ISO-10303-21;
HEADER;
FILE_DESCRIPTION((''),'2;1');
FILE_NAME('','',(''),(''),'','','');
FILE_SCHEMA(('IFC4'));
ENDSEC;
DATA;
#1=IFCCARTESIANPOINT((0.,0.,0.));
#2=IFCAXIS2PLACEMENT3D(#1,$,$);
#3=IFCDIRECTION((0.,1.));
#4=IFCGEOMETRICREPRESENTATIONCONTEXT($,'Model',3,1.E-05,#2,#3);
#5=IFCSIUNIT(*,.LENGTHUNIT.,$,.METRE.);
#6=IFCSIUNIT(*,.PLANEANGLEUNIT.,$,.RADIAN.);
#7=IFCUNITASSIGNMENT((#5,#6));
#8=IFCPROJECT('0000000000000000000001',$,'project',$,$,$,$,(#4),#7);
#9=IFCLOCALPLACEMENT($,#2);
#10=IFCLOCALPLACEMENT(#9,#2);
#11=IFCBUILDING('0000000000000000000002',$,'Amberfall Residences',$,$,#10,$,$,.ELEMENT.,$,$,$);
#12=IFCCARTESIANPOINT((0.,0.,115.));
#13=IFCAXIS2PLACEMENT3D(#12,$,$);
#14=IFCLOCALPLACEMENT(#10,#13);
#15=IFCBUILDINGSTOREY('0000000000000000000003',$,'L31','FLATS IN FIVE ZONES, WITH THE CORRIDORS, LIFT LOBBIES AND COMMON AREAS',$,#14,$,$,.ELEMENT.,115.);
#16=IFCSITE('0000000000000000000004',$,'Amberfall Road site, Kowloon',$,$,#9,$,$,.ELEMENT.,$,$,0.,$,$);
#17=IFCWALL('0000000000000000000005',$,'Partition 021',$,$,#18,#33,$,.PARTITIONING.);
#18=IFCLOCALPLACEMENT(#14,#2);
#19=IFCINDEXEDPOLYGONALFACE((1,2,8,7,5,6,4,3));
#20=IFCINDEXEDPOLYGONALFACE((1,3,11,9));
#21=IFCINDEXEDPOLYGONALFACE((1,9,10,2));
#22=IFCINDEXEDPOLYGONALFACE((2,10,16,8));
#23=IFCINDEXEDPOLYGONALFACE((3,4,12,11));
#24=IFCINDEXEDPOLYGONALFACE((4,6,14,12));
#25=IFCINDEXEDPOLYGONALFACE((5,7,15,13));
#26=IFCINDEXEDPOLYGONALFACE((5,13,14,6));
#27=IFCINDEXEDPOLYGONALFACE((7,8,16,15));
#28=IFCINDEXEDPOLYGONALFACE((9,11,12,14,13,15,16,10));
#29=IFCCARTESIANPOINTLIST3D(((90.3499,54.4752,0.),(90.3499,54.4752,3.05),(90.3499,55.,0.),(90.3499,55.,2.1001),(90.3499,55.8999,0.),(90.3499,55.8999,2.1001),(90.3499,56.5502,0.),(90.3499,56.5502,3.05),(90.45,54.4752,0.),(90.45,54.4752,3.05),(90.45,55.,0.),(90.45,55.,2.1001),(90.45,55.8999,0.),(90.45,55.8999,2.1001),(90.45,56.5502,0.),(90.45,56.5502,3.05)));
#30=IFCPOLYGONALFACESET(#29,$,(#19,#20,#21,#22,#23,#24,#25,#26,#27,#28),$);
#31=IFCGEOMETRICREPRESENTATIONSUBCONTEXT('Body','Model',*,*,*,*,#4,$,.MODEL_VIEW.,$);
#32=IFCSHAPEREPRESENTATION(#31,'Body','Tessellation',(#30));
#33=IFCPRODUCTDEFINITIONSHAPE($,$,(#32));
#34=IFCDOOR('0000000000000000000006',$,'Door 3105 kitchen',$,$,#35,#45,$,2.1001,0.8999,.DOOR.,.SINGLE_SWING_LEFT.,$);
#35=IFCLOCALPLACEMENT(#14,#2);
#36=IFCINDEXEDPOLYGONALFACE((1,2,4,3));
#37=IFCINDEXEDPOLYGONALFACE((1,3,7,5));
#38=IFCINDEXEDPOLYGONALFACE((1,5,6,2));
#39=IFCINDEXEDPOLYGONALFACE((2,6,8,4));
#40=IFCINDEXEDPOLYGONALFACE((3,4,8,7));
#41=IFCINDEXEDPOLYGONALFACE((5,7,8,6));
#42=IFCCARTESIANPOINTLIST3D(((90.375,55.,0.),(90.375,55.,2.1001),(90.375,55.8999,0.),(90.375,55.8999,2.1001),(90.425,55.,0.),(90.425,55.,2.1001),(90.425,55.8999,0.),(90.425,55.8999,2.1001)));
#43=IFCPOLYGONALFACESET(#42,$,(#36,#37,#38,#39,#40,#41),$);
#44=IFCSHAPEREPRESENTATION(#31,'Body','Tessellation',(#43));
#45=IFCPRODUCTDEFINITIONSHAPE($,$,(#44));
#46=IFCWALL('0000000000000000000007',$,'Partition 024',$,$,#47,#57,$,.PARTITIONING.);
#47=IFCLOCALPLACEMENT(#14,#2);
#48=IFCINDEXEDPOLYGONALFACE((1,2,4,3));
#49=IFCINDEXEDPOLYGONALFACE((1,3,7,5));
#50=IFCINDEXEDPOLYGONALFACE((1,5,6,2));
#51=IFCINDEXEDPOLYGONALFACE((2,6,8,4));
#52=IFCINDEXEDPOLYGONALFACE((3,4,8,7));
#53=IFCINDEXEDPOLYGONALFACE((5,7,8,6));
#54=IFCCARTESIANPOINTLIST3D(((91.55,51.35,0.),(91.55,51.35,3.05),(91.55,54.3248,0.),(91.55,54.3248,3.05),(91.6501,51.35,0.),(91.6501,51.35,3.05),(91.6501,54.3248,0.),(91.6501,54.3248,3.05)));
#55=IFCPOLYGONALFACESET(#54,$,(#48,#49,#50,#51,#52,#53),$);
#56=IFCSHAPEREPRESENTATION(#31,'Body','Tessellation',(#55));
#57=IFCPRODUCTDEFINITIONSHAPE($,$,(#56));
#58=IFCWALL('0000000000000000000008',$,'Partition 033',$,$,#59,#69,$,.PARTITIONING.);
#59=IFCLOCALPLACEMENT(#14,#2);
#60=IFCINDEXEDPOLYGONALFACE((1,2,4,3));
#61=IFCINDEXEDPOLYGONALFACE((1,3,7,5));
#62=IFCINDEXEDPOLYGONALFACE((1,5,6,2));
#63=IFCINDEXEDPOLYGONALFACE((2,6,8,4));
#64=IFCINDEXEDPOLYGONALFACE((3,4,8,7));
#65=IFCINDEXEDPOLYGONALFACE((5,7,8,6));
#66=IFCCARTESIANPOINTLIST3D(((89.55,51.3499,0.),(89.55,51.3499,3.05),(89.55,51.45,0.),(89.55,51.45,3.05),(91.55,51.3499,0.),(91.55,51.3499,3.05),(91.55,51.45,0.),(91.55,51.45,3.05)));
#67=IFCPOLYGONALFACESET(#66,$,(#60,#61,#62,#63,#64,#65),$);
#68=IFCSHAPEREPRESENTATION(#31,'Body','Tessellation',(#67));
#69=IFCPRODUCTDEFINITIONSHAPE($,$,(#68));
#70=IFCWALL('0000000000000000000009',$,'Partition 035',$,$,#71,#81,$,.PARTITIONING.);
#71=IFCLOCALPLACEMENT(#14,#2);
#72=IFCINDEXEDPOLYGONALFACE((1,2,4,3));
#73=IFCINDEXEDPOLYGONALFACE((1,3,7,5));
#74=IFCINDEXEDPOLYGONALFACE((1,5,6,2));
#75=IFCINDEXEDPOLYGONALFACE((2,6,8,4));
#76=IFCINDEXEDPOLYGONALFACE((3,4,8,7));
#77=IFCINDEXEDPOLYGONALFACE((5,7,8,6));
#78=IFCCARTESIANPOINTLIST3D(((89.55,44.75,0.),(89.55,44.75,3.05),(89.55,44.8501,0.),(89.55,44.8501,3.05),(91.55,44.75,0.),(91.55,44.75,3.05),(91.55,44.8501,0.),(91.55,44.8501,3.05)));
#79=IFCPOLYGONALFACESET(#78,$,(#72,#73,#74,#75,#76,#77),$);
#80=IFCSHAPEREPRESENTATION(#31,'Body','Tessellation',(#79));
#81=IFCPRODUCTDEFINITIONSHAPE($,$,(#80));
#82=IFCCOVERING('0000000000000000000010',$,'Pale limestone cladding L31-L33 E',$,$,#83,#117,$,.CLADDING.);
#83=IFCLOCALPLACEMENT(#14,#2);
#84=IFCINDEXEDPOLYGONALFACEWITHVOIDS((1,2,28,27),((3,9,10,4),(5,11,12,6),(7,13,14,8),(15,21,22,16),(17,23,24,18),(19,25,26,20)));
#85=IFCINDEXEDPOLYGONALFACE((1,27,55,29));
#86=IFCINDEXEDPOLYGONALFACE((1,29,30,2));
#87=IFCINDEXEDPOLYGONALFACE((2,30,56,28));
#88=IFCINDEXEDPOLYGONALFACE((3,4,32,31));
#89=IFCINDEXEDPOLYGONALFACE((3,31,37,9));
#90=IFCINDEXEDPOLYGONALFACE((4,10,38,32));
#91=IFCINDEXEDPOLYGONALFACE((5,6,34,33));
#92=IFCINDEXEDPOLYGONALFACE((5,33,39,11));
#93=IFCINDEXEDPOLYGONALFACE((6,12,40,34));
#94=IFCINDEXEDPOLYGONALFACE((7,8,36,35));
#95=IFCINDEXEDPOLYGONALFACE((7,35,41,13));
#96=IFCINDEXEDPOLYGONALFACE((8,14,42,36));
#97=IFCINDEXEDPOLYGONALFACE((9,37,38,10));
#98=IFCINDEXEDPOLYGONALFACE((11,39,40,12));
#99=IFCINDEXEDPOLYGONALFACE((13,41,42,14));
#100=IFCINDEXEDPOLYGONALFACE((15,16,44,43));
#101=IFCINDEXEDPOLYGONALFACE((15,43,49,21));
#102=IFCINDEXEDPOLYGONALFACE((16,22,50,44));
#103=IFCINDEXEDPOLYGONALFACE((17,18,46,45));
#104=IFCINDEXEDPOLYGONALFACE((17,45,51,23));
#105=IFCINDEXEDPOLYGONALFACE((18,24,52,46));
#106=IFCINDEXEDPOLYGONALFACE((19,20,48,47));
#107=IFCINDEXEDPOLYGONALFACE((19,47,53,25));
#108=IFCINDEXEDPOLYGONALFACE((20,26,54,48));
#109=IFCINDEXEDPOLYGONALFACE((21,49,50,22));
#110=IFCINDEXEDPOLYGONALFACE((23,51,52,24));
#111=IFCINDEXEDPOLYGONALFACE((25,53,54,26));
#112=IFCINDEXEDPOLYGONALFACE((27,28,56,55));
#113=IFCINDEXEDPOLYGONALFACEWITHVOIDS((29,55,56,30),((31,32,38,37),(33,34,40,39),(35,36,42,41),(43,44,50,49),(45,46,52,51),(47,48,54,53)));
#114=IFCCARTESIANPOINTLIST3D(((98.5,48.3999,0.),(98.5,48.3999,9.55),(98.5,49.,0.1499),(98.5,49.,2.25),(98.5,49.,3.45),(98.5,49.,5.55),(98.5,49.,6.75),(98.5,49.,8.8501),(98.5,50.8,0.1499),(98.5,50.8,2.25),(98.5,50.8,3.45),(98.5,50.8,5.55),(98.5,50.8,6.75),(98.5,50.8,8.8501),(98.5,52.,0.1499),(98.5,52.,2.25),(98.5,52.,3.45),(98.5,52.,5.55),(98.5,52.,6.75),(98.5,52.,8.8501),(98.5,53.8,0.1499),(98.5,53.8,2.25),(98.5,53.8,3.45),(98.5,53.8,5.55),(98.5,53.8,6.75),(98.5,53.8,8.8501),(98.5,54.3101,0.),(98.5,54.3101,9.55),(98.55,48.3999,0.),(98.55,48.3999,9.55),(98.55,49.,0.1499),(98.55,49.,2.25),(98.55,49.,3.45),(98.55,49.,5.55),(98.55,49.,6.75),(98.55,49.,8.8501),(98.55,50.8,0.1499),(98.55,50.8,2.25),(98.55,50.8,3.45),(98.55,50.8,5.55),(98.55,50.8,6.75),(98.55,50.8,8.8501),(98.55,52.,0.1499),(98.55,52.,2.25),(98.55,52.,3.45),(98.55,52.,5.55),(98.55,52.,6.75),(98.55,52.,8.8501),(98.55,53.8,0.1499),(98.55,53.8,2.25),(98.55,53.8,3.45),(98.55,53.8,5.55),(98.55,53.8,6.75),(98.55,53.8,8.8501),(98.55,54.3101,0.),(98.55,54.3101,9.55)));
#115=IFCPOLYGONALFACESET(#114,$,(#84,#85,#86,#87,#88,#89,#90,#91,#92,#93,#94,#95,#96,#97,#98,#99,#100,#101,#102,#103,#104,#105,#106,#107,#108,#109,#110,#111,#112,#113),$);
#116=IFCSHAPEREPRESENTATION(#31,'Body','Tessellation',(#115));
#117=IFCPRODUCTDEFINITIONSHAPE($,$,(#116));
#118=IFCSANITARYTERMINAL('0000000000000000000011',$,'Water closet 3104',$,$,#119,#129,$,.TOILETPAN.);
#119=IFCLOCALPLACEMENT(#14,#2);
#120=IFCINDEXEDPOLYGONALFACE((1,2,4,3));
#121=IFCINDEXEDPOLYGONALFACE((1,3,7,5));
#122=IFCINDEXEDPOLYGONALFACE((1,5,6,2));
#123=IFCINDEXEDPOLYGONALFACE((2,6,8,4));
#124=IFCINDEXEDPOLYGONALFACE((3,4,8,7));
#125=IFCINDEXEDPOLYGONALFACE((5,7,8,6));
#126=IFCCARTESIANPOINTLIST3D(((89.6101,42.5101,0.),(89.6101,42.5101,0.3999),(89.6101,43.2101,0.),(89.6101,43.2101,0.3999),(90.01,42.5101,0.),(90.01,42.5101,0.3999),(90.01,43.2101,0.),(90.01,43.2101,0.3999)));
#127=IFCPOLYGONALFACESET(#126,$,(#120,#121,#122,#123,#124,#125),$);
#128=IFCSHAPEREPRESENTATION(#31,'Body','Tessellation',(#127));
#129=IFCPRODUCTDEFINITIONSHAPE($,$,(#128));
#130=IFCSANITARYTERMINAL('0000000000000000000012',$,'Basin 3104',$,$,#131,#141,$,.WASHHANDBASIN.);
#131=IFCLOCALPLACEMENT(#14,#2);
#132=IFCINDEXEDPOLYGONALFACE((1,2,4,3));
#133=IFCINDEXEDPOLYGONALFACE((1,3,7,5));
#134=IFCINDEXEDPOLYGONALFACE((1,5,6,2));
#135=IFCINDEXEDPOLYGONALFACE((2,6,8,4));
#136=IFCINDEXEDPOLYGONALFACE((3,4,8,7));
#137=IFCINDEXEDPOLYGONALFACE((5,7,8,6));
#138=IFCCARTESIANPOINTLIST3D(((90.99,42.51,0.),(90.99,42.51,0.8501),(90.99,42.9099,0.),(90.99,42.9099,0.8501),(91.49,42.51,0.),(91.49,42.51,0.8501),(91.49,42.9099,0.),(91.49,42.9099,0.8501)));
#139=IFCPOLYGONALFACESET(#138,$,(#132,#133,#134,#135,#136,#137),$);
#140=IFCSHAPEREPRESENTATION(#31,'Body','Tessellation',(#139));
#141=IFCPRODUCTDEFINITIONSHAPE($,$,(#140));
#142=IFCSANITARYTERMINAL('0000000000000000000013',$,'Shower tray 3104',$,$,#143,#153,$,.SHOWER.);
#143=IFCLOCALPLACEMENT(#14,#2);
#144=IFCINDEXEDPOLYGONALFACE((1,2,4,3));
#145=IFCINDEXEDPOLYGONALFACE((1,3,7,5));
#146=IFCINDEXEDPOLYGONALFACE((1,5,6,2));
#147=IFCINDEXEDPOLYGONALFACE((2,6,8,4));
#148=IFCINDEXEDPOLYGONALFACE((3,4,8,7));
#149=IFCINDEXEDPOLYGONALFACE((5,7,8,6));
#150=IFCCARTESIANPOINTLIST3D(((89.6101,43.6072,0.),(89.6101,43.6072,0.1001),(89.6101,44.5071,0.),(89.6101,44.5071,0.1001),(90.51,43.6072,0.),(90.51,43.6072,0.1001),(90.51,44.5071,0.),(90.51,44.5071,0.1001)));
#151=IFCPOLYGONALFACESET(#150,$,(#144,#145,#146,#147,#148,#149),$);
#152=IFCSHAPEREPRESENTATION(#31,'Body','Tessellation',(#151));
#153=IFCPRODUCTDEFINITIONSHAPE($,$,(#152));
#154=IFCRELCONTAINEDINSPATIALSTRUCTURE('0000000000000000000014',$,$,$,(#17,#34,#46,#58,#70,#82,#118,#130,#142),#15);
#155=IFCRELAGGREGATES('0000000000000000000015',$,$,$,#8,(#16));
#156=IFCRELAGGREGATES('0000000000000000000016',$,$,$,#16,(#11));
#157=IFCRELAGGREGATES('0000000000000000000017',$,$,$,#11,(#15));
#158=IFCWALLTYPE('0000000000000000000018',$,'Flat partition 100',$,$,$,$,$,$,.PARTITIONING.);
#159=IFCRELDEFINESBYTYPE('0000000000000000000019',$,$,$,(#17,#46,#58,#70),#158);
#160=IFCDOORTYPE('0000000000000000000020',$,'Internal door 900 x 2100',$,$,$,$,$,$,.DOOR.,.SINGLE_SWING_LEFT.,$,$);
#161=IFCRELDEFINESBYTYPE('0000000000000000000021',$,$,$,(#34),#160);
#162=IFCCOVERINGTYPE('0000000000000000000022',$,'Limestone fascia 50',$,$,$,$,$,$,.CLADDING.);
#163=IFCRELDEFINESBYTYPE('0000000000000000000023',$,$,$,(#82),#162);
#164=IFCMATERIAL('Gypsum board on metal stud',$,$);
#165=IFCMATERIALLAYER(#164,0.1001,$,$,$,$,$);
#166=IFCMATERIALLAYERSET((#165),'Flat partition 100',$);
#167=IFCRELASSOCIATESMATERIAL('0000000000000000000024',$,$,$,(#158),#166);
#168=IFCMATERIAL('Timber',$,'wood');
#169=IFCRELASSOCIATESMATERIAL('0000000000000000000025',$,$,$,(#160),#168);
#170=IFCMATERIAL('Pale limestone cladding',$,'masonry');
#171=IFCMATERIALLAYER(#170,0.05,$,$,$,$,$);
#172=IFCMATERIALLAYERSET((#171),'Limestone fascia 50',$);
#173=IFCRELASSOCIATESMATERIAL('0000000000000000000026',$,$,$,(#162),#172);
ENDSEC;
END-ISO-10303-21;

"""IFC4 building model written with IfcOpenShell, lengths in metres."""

from ifc_helpers import new_model, si_unit, direction, frame, frame_2d, origin, origin_2d, place, context, subcontext, project, spatial, polyline, rectangle, outline, extrude, material, layer, layer_set, type_object, element, fill, save


model = new_model("IFC4")

# Units and contexts
model_context = context("Model", 3, precision=1e-05, world=origin(), true_north=direction((0.0, 1.0)))
body_context = subcontext(model_context, "Body", "Model", "MODEL_VIEW")
ifc_project = project(units=[si_unit("LENGTHUNIT", "METRE"), si_unit("PLANEANGLEUNIT", "RADIAN")], contexts=[model_context])

# Site, building, storey
site_placement = place(None, origin())
site = spatial("IfcSite", under=ifc_project, at=site_placement, Name="Amberfall Road site, Kowloon", CompositionType="ELEMENT", RefElevation=0.0)
building_placement = place(site_placement, origin())
building = spatial("IfcBuilding", under=site, at=building_placement, Name="Amberfall Residences", CompositionType="ELEMENT")
storey_placement = place(building_placement, frame((0.0, 0.0, 115.0)))
storey = spatial("IfcBuildingStorey", under=building, at=storey_placement, Name="L31", Description="FLATS IN FIVE ZONES, WITH THE CORRIDORS, LIFT LOBBIES AND COMMON AREAS", CompositionType="ELEMENT", Elevation=115.0)

# Shared definitions
ifc_material_1 = material(Name="Gypsum board on metal stud")
ifc_layer_1 = layer(ifc_material_1, 0.1001)
ifc_layer_set_1 = layer_set([ifc_layer_1], Name="Flat partition 100")
wall_type_1 = type_object("IfcWallType", Name="Flat partition 100", PredefinedType="PARTITIONING", material=ifc_layer_set_1)
ifc_material_2 = material(Name="Timber", Category="wood")
door_type_1 = type_object("IfcDoorType", Name="Internal door 900 x 2100", OperationType="SINGLE_SWING_LEFT", PredefinedType="DOOR", material=ifc_material_2)

# Wall, opening, door
wall_1_placement = place(storey_placement, frame((90.3999, 54.4751, 0.0), z_axis=(0.0, 0.0, 1.0), x_axis=(0.0, 1.0, 0.0)))
wall_1 = element("IfcWall", 1, at=wall_1_placement, inside=storey, type_object=wall_type_1, Name="Partition 021", PredefinedType="PARTITIONING", context=body_context, shape_type="SweptSolid", body=[
    extrude(rectangle(XDim=2.075, YDim=0.1001, at=frame_2d((1.0376, 0.0))), origin(), (0.0, 0.0, 1.0), 3.05),
])
opening_1_placement = place(wall_1_placement, frame((0.5249, 0.0, 0.0)))
opening_1 = element("IfcOpeningElement", 2, at=opening_1_placement, cuts=wall_1, PredefinedType="OPENING", context=body_context, shape_type="SweptSolid", body=[
    extrude(rectangle(XDim=0.8999, YDim=2.1001, at=frame_2d((0.45, 1.05))), frame((0.0, 0.0601, 0.0), z_axis=(0.0, -1.0, 0.0), x_axis=(1.0, 0.0, 0.0)), (0.0, 0.0, 1.0), 0.1201),
])
door_1_placement = place(opening_1_placement, origin())
door_1 = element("IfcDoor", 3, at=door_1_placement, inside=storey, type_object=door_type_1, Name="Door 3105 kitchen", OperationType="SINGLE_SWING_LEFT", OverallHeight=2.1001, OverallWidth=0.8999, PredefinedType="DOOR", context=body_context, shape_type="SweptSolid", body=[
    extrude(rectangle(XDim=0.8999, YDim=2.1001, at=frame_2d((0.45, 1.05))), frame((0.0, 0.0249, 0.0), z_axis=(0.0, -1.0, 0.0), x_axis=(1.0, 0.0, 0.0)), (0.0, 0.0, 1.0), 0.05),
])
fill(opening_1, door_1)

# Walls
wall_2_placement = place(storey_placement, frame((91.6001, 51.3501, 0.0), z_axis=(0.0, 0.0, 1.0), x_axis=(0.0, 1.0, 0.0)))
element("IfcWall", 4, at=wall_2_placement, inside=storey, type_object=wall_type_1, Name="Partition 024", PredefinedType="PARTITIONING", context=body_context, shape_type="SweptSolid", body=[
    extrude(rectangle(XDim=2.9749, YDim=0.1001, at=frame_2d((1.4873, 0.0))), origin(), (0.0, 0.0, 1.0), 3.05),
])
for number, where, z_axis, x_axis, name in (
    (5, (89.55, 51.3999, 0.0), (0.0, 0.0, 1.0), (1.0, 0.0, 0.0), "Partition 033"),
    (6, (89.55, 44.8, 0.0), (0.0, 0.0, 1.0), (1.0, 0.0, 0.0), "Partition 035"),
):
    element("IfcWall", number, at=place(storey_placement, frame(where, z_axis=z_axis, x_axis=x_axis)), inside=storey, type_object=wall_type_1, Name=name, PredefinedType="PARTITIONING", context=body_context, shape_type="SweptSolid", body=[
        extrude(rectangle(XDim=2.0, YDim=0.1001, at=frame_2d((1.0, 0.0))), origin(), (0.0, 0.0, 1.0), 3.05),
    ])

# Covering
ifc_material_3 = material(Name="Pale limestone cladding", Category="masonry")
ifc_layer_2 = layer(ifc_material_3, 0.05)
ifc_layer_set_2 = layer_set([ifc_layer_2], Name="Limestone fascia 50")
covering_type = type_object("IfcCoveringType", Name="Limestone fascia 50", PredefinedType="CLADDING", material=ifc_layer_set_2)
covering_placement = place(storey_placement, frame((98.5, 48.3999, 9.55), z_axis=(-1.0, 0.0, 0.0), x_axis=(0.0, 1.0, 0.0)))
element("IfcCovering", 7, at=covering_placement, inside=storey, type_object=covering_type, Name="Pale limestone cladding L31-L33 E", PredefinedType="CLADDING", context=body_context, shape_type="SweptSolid", body=[
    extrude(outline(polyline([(0.0, 0.0), (5.9102, 0.0), (5.9102, 9.55), (0.0, 9.55), (0.0, 0.0)]), holes=[polyline([(0.6001, 7.3), (2.4001, 7.3), (2.4001, 9.4001), (0.6001, 9.4001), (0.6001, 7.3)]), polyline([(3.6001, 7.3), (5.4001, 7.3), (5.4001, 9.4001), (3.6001, 9.4001), (3.6001, 7.3)]), polyline([(0.6001, 4.0), (2.4001, 4.0), (2.4001, 6.1001), (0.6001, 6.1001), (0.6001, 4.0)]), polyline([(3.6001, 4.0), (5.4001, 4.0), (5.4001, 6.1001), (3.6001, 6.1001), (3.6001, 4.0)]), polyline([(0.6001, 0.7), (2.4001, 0.7), (2.4001, 2.8), (0.6001, 2.8), (0.6001, 0.7)]), polyline([(3.6001, 0.7), (5.4001, 0.7), (5.4001, 2.8), (3.6001, 2.8), (3.6001, 0.7)])]), origin(), (0.0, 0.0, -1.0), 0.05),
])

# Sanitary terminals
sanitary_terminal_1_placement = place(storey_placement, frame((89.8101, 42.8601, 0.0), z_axis=(0.0, 0.0, 1.0), x_axis=(1.0, 0.0, 0.0)))
element("IfcSanitaryTerminal", 8, at=sanitary_terminal_1_placement, inside=storey, Name="Water closet 3104", PredefinedType="TOILETPAN", context=body_context, shape_type="SweptSolid", body=[
    extrude(rectangle(XDim=0.3999, YDim=0.7, at=origin_2d()), origin(), (0.0, 0.0, 1.0), 0.3999),
])
sanitary_terminal_2_placement = place(storey_placement, frame((91.24, 42.71, 0.0), z_axis=(0.0, 0.0, 1.0), x_axis=(1.0, 0.0, 0.0)))
element("IfcSanitaryTerminal", 9, at=sanitary_terminal_2_placement, inside=storey, Name="Basin 3104", PredefinedType="WASHHANDBASIN", context=body_context, shape_type="SweptSolid", body=[
    extrude(rectangle(XDim=0.5, YDim=0.3999, at=origin_2d()), origin(), (0.0, 0.0, 1.0), 0.8501),
])
sanitary_terminal_3_placement = place(storey_placement, frame((90.0601, 44.0571, 0.0), z_axis=(0.0, 0.0, 1.0), x_axis=(1.0, 0.0, 0.0)))
element("IfcSanitaryTerminal", 10, at=sanitary_terminal_3_placement, inside=storey, Name="Shower tray 3104", PredefinedType="SHOWER", context=body_context, shape_type="SweptSolid", body=[
    extrude(rectangle(XDim=0.8999, YDim=0.8999, at=origin_2d()), origin(), (0.0, 0.0, 1.0), 0.1001),
])

save(model, "model.ifc")
